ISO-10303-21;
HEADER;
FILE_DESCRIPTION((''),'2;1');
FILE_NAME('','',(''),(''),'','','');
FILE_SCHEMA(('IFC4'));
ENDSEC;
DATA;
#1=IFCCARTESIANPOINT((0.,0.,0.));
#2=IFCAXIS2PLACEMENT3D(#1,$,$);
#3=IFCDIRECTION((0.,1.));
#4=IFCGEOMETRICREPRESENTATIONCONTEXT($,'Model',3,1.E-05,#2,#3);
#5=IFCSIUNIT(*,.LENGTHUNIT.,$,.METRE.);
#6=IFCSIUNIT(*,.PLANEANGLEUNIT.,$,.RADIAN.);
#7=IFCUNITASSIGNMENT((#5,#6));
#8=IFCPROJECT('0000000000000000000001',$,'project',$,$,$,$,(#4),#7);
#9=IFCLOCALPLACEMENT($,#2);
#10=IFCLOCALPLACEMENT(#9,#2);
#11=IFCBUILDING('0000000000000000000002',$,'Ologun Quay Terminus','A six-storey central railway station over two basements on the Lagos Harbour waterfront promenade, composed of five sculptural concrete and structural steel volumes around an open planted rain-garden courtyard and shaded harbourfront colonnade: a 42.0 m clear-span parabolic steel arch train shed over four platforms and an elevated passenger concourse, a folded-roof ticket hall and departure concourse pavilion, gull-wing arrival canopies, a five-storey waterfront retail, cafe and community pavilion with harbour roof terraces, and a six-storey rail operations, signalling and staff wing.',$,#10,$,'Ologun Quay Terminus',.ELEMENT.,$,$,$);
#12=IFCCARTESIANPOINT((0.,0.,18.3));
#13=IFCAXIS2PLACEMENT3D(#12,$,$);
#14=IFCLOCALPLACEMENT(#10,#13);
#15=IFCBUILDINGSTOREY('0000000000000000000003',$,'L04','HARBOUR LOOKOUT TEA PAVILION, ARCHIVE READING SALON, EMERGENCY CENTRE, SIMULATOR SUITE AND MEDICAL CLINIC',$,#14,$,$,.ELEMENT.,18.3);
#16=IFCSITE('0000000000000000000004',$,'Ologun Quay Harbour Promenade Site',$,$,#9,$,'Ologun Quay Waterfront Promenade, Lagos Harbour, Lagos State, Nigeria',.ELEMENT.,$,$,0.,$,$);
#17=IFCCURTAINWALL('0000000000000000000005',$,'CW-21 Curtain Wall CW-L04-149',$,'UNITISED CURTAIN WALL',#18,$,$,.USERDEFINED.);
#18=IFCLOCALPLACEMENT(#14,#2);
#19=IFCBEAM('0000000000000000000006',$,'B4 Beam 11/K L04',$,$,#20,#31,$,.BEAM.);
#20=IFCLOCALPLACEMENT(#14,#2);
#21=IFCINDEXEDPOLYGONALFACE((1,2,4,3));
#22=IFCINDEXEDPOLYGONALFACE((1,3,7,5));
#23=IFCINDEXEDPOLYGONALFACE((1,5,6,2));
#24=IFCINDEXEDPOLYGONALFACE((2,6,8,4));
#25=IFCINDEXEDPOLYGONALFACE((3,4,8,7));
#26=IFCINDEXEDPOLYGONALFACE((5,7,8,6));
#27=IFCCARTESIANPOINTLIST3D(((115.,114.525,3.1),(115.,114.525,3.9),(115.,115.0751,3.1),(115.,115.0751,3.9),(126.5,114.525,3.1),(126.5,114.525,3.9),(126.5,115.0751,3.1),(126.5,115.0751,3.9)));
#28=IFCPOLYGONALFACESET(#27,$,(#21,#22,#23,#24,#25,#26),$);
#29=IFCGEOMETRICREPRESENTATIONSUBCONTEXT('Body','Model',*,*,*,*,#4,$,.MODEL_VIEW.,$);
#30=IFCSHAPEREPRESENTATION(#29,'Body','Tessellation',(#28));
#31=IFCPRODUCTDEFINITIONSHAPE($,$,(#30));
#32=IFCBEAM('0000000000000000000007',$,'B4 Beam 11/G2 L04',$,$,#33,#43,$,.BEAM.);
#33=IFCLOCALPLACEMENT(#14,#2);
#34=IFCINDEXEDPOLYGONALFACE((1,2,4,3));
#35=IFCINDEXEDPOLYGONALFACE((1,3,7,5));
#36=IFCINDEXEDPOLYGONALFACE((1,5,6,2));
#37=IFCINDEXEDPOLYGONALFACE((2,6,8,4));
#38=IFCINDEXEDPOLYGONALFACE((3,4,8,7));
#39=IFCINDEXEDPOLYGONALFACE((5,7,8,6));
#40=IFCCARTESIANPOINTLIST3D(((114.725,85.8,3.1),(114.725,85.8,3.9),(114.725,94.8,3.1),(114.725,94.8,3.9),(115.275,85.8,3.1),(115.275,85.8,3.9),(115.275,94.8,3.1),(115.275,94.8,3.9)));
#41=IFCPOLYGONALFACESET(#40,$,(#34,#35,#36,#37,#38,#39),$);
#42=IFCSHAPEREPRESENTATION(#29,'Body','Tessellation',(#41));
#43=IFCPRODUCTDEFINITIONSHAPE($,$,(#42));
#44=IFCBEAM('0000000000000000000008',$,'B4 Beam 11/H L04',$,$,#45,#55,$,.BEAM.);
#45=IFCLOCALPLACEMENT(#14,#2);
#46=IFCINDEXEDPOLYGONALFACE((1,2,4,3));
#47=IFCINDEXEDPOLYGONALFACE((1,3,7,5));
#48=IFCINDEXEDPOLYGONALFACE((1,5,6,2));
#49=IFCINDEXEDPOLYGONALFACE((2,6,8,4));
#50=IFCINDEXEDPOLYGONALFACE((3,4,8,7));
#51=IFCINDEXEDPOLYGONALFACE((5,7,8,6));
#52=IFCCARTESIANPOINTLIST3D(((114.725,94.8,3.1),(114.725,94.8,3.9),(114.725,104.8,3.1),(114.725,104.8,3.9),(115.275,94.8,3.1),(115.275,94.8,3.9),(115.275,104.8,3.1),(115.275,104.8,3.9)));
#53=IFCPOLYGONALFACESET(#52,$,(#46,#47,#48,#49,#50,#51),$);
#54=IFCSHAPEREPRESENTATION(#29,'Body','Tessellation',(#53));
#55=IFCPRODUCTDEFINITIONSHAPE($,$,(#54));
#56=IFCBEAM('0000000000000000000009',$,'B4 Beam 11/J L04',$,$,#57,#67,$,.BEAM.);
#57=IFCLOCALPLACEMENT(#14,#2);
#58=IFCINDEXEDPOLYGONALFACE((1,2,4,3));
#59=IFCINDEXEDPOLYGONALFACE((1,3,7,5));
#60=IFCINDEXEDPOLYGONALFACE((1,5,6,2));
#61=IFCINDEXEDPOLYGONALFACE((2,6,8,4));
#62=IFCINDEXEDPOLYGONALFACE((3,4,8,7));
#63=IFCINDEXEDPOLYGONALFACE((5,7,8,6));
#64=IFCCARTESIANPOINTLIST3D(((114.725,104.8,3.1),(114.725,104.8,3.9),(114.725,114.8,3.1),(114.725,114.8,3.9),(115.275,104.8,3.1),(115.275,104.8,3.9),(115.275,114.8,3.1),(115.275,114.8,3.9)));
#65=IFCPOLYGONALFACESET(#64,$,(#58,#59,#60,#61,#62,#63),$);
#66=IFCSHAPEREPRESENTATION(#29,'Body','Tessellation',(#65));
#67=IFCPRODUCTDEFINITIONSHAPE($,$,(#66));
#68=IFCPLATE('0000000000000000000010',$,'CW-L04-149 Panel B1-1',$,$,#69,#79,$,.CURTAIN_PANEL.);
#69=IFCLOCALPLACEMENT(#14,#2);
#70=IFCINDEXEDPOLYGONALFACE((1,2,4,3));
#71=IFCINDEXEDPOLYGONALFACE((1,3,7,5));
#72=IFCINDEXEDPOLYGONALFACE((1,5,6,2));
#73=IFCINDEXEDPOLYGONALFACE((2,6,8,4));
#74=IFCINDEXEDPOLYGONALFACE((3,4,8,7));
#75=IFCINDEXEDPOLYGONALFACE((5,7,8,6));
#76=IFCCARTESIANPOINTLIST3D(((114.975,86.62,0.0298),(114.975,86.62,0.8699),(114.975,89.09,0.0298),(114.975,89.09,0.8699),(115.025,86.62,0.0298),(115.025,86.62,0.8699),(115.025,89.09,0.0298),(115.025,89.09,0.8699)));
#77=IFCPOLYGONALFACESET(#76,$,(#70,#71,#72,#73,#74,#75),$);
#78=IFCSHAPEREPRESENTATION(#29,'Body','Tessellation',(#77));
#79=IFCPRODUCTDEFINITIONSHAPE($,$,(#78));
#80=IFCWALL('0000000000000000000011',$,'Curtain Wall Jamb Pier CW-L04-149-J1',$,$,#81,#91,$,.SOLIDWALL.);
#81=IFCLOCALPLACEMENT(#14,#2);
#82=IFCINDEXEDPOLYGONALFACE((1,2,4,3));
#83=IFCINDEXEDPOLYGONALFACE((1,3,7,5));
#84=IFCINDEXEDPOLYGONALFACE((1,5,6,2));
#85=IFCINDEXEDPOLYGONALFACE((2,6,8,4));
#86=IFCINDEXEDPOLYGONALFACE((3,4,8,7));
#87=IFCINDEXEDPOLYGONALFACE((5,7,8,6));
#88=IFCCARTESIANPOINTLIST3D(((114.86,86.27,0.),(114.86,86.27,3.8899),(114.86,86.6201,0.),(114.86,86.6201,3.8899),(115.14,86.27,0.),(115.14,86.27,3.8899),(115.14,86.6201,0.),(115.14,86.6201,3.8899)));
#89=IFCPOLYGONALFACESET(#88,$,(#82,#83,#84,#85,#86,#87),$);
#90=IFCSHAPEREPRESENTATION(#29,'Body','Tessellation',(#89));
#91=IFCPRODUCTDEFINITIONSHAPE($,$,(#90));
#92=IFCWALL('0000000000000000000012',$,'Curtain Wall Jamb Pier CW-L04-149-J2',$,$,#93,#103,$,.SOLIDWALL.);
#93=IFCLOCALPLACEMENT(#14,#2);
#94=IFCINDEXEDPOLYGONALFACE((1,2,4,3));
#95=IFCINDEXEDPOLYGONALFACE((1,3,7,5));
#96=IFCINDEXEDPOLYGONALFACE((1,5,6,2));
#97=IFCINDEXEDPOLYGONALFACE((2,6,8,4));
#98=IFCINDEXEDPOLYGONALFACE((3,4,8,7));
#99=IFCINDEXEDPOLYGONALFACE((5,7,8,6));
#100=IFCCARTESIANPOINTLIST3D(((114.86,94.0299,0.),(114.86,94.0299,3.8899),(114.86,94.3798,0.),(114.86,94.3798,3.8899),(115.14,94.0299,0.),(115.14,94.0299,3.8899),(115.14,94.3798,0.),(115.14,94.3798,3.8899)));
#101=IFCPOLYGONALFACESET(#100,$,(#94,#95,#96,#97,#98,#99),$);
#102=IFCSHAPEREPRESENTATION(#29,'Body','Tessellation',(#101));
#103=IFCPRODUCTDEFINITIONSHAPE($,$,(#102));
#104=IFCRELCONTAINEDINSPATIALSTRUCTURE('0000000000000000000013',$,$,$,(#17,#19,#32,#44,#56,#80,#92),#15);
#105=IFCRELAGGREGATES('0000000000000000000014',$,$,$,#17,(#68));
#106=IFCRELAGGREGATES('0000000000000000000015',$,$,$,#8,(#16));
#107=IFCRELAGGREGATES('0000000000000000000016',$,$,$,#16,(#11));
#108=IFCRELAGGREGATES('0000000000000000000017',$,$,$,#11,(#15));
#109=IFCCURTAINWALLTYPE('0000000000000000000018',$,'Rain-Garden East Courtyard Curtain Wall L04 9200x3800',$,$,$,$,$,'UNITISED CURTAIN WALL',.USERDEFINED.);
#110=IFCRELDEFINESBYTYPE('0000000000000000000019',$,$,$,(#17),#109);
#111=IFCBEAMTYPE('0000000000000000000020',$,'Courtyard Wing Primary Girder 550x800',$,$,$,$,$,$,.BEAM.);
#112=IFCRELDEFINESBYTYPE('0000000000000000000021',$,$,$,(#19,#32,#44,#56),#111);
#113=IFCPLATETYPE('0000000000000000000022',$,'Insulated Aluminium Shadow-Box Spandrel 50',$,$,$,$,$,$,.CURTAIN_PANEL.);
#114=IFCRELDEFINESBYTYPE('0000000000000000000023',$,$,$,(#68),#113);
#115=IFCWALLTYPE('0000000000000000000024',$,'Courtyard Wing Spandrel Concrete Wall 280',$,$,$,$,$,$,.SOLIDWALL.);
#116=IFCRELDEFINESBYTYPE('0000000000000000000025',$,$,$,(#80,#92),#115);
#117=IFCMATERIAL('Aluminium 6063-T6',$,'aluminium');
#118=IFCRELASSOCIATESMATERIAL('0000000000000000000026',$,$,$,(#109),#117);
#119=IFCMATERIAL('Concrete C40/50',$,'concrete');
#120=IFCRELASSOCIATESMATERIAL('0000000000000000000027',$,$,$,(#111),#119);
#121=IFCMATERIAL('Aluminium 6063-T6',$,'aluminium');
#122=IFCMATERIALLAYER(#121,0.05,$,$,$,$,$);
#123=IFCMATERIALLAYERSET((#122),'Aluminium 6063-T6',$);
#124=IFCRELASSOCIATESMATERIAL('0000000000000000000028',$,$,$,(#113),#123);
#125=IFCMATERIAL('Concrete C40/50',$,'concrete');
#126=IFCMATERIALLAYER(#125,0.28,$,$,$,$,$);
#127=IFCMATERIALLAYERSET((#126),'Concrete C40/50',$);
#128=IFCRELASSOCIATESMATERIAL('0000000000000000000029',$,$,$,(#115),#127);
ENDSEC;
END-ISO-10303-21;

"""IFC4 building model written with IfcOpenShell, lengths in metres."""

from ifc_helpers import new_model, si_unit, direction, frame, frame_2d, origin, origin_2d, place, context, subcontext, project, spatial, rectangle, extrude, material, layer, layer_set, material_profile, profile_set, type_object, element, aggregate, save


model = new_model("IFC4")

# Units and contexts
model_context = context("Model", 3, precision=1e-05, world=origin(), true_north=direction((0.0, 1.0)))
body_context = subcontext(model_context, "Body", "Model", "MODEL_VIEW")
ifc_project = project(units=[si_unit("LENGTHUNIT", "METRE"), si_unit("PLANEANGLEUNIT", "RADIAN")], contexts=[model_context])

# Site, building, storey
site_placement = place(None, origin())
site = spatial("IfcSite", under=ifc_project, at=site_placement, Name="Ologun Quay Harbour Promenade Site", LongName="Ologun Quay Waterfront Promenade, Lagos Harbour, Lagos State, Nigeria", CompositionType="ELEMENT", RefElevation=0.0)
building_placement = place(site_placement, origin())
building = spatial("IfcBuilding", under=site, at=building_placement, Name="Ologun Quay Terminus", Description="A six-storey central railway station over two basements on the Lagos Harbour waterfront promenade, composed of five sculptural concrete and structural steel volumes around an open planted rain-garden courtyard and shaded harbourfront colonnade: a 42.0 m clear-span parabolic steel arch train shed over four platforms and an elevated passenger concourse, a folded-roof ticket hall and departure concourse pavilion, gull-wing arrival canopies, a five-storey waterfront retail, cafe and community pavilion with harbour roof terraces, and a six-storey rail operations, signalling and staff wing.", LongName="Ologun Quay Terminus", CompositionType="ELEMENT")
storey_placement = place(building_placement, frame((0.0, 0.0, 18.3)))
storey = spatial("IfcBuildingStorey", under=building, at=storey_placement, Name="L04", Description="HARBOUR LOOKOUT TEA PAVILION, ARCHIVE READING SALON, EMERGENCY CENTRE, SIMULATOR SUITE AND MEDICAL CLINIC", CompositionType="ELEMENT", Elevation=18.3)

# Curtain wall
ifc_material_1 = material(Name="Aluminium 6063-T6", Category="aluminium")
curtain_wall_type = type_object("IfcCurtainWallType", Name="Rain-Garden East Courtyard Curtain Wall L04 9200x3800", ElementType="UNITISED CURTAIN WALL", PredefinedType="USERDEFINED", material=ifc_material_1)
curtain_wall_placement = place(storey_placement, origin())
curtain_wall = element("IfcCurtainWall", 1, at=curtain_wall_placement, inside=storey, type_object=curtain_wall_type, Name="CW-21 Curtain Wall CW-L04-149", ObjectType="UNITISED CURTAIN WALL", PredefinedType="USERDEFINED")

# Beams
ifc_material_2 = material(Name="Concrete C40/50", Category="concrete")
ifc_material_profile_1 = material_profile(ifc_material_2, rectangle(XDim=0.55, YDim=0.8, at=origin_2d()), Name="RC 550x800")
ifc_profile_set_1 = profile_set([ifc_material_profile_1], Name="Concrete C40/50")
beam_type = type_object("IfcBeamType", Name="Courtyard Wing Primary Girder 550x800", PredefinedType="BEAM", material=ifc_profile_set_1)
for number, where, z_axis, x_axis, name in (
    (2, (115.0, 114.8, 3.5), (1.0, 0.0, 0.0), (0.0, 1.0, 0.0), "B4 Beam 11/K L04"),
):
    element("IfcBeam", number, at=place(storey_placement, frame(where, z_axis=z_axis, x_axis=x_axis)), inside=storey, type_object=beam_type, Name=name, PredefinedType="BEAM", context=body_context, shape_type="SweptSolid", body=[
        extrude(rectangle(XDim=0.55, YDim=0.8, at=origin_2d()), origin(), (0.0, 0.0, 1.0), 11.5),
    ])
beam_placement = place(storey_placement, frame((115.0, 85.8, 3.5), z_axis=(0.0, 1.0, 0.0), x_axis=(-1.0, 0.0, 0.0)))
element("IfcBeam", 3, at=beam_placement, inside=storey, type_object=beam_type, Name="B4 Beam 11/G2 L04", PredefinedType="BEAM", context=body_context, shape_type="SweptSolid", body=[
    extrude(rectangle(XDim=0.55, YDim=0.8, at=origin_2d()), origin(), (0.0, 0.0, 1.0), 9.0),
])
for number, where, z_axis, x_axis, name in (
    (4, (115.0, 94.8, 3.5), (0.0, 1.0, 0.0), (-1.0, 0.0, 0.0), "B4 Beam 11/H L04"),
    (5, (115.0, 104.8, 3.5), (0.0, 1.0, 0.0), (-1.0, 0.0, 0.0), "B4 Beam 11/J L04"),
):
    element("IfcBeam", number, at=place(storey_placement, frame(where, z_axis=z_axis, x_axis=x_axis)), inside=storey, type_object=beam_type, Name=name, PredefinedType="BEAM", context=body_context, shape_type="SweptSolid", body=[
        extrude(rectangle(XDim=0.55, YDim=0.8, at=origin_2d()), origin(), (0.0, 0.0, 1.0), 10.0),
    ])

# Plate
ifc_material_3 = material(Name="Aluminium 6063-T6", Category="aluminium")
ifc_layer_1 = layer(ifc_material_3, 0.05)
ifc_layer_set_1 = layer_set([ifc_layer_1], Name="Aluminium 6063-T6")
plate_type = type_object("IfcPlateType", Name="Insulated Aluminium Shadow-Box Spandrel 50", PredefinedType="CURTAIN_PANEL", material=ifc_layer_set_1)
plate_placement = place(storey_placement, frame((115.0, 87.855, 0.0298), z_axis=(0.0, 0.0, 1.0), x_axis=(0.0, 1.0, 0.0)))
plate = element("IfcPlate", 6, at=plate_placement, type_object=plate_type, Name="CW-L04-149 Panel B1-1", PredefinedType="CURTAIN_PANEL", context=body_context, shape_type="SweptSolid", body=[
    extrude(rectangle(XDim=2.47, YDim=0.05, at=origin_2d()), origin(), (0.0, 0.0, 1.0), 0.8401),
])
aggregate(curtain_wall, [plate])

# Walls
ifc_material_4 = material(Name="Concrete C40/50", Category="concrete")
ifc_layer_2 = layer(ifc_material_4, 0.28)
ifc_layer_set_2 = layer_set([ifc_layer_2], Name="Concrete C40/50")
wall_type = type_object("IfcWallType", Name="Courtyard Wing Spandrel Concrete Wall 280", PredefinedType="SOLIDWALL", material=ifc_layer_set_2)
wall_1_placement = place(storey_placement, frame((115.0, 86.27, 0.0), z_axis=(0.0, 0.0, 1.0), x_axis=(0.0, 1.0, 0.0)))
element("IfcWall", 7, at=wall_1_placement, inside=storey, type_object=wall_type, Name="Curtain Wall Jamb Pier CW-L04-149-J1", PredefinedType="SOLIDWALL", context=body_context, shape_type="SweptSolid", body=[
    extrude(rectangle(XDim=0.3501, YDim=0.28, at=frame_2d((0.175, 0.0))), origin(), (0.0, 0.0, 1.0), 3.8899),
])
wall_2_placement = place(storey_placement, frame((115.0, 94.03, 0.0), z_axis=(0.0, 0.0, 1.0), x_axis=(0.0, 1.0, 0.0)))
element("IfcWall", 8, at=wall_2_placement, inside=storey, type_object=wall_type, Name="Curtain Wall Jamb Pier CW-L04-149-J2", PredefinedType="SOLIDWALL", context=body_context, shape_type="SweptSolid", body=[
    extrude(rectangle(XDim=0.3499, YDim=0.28, at=frame_2d((0.1748, 0.0))), origin(), (0.0, 0.0, 1.0), 3.8899),
])

save(model, "model.ifc")
